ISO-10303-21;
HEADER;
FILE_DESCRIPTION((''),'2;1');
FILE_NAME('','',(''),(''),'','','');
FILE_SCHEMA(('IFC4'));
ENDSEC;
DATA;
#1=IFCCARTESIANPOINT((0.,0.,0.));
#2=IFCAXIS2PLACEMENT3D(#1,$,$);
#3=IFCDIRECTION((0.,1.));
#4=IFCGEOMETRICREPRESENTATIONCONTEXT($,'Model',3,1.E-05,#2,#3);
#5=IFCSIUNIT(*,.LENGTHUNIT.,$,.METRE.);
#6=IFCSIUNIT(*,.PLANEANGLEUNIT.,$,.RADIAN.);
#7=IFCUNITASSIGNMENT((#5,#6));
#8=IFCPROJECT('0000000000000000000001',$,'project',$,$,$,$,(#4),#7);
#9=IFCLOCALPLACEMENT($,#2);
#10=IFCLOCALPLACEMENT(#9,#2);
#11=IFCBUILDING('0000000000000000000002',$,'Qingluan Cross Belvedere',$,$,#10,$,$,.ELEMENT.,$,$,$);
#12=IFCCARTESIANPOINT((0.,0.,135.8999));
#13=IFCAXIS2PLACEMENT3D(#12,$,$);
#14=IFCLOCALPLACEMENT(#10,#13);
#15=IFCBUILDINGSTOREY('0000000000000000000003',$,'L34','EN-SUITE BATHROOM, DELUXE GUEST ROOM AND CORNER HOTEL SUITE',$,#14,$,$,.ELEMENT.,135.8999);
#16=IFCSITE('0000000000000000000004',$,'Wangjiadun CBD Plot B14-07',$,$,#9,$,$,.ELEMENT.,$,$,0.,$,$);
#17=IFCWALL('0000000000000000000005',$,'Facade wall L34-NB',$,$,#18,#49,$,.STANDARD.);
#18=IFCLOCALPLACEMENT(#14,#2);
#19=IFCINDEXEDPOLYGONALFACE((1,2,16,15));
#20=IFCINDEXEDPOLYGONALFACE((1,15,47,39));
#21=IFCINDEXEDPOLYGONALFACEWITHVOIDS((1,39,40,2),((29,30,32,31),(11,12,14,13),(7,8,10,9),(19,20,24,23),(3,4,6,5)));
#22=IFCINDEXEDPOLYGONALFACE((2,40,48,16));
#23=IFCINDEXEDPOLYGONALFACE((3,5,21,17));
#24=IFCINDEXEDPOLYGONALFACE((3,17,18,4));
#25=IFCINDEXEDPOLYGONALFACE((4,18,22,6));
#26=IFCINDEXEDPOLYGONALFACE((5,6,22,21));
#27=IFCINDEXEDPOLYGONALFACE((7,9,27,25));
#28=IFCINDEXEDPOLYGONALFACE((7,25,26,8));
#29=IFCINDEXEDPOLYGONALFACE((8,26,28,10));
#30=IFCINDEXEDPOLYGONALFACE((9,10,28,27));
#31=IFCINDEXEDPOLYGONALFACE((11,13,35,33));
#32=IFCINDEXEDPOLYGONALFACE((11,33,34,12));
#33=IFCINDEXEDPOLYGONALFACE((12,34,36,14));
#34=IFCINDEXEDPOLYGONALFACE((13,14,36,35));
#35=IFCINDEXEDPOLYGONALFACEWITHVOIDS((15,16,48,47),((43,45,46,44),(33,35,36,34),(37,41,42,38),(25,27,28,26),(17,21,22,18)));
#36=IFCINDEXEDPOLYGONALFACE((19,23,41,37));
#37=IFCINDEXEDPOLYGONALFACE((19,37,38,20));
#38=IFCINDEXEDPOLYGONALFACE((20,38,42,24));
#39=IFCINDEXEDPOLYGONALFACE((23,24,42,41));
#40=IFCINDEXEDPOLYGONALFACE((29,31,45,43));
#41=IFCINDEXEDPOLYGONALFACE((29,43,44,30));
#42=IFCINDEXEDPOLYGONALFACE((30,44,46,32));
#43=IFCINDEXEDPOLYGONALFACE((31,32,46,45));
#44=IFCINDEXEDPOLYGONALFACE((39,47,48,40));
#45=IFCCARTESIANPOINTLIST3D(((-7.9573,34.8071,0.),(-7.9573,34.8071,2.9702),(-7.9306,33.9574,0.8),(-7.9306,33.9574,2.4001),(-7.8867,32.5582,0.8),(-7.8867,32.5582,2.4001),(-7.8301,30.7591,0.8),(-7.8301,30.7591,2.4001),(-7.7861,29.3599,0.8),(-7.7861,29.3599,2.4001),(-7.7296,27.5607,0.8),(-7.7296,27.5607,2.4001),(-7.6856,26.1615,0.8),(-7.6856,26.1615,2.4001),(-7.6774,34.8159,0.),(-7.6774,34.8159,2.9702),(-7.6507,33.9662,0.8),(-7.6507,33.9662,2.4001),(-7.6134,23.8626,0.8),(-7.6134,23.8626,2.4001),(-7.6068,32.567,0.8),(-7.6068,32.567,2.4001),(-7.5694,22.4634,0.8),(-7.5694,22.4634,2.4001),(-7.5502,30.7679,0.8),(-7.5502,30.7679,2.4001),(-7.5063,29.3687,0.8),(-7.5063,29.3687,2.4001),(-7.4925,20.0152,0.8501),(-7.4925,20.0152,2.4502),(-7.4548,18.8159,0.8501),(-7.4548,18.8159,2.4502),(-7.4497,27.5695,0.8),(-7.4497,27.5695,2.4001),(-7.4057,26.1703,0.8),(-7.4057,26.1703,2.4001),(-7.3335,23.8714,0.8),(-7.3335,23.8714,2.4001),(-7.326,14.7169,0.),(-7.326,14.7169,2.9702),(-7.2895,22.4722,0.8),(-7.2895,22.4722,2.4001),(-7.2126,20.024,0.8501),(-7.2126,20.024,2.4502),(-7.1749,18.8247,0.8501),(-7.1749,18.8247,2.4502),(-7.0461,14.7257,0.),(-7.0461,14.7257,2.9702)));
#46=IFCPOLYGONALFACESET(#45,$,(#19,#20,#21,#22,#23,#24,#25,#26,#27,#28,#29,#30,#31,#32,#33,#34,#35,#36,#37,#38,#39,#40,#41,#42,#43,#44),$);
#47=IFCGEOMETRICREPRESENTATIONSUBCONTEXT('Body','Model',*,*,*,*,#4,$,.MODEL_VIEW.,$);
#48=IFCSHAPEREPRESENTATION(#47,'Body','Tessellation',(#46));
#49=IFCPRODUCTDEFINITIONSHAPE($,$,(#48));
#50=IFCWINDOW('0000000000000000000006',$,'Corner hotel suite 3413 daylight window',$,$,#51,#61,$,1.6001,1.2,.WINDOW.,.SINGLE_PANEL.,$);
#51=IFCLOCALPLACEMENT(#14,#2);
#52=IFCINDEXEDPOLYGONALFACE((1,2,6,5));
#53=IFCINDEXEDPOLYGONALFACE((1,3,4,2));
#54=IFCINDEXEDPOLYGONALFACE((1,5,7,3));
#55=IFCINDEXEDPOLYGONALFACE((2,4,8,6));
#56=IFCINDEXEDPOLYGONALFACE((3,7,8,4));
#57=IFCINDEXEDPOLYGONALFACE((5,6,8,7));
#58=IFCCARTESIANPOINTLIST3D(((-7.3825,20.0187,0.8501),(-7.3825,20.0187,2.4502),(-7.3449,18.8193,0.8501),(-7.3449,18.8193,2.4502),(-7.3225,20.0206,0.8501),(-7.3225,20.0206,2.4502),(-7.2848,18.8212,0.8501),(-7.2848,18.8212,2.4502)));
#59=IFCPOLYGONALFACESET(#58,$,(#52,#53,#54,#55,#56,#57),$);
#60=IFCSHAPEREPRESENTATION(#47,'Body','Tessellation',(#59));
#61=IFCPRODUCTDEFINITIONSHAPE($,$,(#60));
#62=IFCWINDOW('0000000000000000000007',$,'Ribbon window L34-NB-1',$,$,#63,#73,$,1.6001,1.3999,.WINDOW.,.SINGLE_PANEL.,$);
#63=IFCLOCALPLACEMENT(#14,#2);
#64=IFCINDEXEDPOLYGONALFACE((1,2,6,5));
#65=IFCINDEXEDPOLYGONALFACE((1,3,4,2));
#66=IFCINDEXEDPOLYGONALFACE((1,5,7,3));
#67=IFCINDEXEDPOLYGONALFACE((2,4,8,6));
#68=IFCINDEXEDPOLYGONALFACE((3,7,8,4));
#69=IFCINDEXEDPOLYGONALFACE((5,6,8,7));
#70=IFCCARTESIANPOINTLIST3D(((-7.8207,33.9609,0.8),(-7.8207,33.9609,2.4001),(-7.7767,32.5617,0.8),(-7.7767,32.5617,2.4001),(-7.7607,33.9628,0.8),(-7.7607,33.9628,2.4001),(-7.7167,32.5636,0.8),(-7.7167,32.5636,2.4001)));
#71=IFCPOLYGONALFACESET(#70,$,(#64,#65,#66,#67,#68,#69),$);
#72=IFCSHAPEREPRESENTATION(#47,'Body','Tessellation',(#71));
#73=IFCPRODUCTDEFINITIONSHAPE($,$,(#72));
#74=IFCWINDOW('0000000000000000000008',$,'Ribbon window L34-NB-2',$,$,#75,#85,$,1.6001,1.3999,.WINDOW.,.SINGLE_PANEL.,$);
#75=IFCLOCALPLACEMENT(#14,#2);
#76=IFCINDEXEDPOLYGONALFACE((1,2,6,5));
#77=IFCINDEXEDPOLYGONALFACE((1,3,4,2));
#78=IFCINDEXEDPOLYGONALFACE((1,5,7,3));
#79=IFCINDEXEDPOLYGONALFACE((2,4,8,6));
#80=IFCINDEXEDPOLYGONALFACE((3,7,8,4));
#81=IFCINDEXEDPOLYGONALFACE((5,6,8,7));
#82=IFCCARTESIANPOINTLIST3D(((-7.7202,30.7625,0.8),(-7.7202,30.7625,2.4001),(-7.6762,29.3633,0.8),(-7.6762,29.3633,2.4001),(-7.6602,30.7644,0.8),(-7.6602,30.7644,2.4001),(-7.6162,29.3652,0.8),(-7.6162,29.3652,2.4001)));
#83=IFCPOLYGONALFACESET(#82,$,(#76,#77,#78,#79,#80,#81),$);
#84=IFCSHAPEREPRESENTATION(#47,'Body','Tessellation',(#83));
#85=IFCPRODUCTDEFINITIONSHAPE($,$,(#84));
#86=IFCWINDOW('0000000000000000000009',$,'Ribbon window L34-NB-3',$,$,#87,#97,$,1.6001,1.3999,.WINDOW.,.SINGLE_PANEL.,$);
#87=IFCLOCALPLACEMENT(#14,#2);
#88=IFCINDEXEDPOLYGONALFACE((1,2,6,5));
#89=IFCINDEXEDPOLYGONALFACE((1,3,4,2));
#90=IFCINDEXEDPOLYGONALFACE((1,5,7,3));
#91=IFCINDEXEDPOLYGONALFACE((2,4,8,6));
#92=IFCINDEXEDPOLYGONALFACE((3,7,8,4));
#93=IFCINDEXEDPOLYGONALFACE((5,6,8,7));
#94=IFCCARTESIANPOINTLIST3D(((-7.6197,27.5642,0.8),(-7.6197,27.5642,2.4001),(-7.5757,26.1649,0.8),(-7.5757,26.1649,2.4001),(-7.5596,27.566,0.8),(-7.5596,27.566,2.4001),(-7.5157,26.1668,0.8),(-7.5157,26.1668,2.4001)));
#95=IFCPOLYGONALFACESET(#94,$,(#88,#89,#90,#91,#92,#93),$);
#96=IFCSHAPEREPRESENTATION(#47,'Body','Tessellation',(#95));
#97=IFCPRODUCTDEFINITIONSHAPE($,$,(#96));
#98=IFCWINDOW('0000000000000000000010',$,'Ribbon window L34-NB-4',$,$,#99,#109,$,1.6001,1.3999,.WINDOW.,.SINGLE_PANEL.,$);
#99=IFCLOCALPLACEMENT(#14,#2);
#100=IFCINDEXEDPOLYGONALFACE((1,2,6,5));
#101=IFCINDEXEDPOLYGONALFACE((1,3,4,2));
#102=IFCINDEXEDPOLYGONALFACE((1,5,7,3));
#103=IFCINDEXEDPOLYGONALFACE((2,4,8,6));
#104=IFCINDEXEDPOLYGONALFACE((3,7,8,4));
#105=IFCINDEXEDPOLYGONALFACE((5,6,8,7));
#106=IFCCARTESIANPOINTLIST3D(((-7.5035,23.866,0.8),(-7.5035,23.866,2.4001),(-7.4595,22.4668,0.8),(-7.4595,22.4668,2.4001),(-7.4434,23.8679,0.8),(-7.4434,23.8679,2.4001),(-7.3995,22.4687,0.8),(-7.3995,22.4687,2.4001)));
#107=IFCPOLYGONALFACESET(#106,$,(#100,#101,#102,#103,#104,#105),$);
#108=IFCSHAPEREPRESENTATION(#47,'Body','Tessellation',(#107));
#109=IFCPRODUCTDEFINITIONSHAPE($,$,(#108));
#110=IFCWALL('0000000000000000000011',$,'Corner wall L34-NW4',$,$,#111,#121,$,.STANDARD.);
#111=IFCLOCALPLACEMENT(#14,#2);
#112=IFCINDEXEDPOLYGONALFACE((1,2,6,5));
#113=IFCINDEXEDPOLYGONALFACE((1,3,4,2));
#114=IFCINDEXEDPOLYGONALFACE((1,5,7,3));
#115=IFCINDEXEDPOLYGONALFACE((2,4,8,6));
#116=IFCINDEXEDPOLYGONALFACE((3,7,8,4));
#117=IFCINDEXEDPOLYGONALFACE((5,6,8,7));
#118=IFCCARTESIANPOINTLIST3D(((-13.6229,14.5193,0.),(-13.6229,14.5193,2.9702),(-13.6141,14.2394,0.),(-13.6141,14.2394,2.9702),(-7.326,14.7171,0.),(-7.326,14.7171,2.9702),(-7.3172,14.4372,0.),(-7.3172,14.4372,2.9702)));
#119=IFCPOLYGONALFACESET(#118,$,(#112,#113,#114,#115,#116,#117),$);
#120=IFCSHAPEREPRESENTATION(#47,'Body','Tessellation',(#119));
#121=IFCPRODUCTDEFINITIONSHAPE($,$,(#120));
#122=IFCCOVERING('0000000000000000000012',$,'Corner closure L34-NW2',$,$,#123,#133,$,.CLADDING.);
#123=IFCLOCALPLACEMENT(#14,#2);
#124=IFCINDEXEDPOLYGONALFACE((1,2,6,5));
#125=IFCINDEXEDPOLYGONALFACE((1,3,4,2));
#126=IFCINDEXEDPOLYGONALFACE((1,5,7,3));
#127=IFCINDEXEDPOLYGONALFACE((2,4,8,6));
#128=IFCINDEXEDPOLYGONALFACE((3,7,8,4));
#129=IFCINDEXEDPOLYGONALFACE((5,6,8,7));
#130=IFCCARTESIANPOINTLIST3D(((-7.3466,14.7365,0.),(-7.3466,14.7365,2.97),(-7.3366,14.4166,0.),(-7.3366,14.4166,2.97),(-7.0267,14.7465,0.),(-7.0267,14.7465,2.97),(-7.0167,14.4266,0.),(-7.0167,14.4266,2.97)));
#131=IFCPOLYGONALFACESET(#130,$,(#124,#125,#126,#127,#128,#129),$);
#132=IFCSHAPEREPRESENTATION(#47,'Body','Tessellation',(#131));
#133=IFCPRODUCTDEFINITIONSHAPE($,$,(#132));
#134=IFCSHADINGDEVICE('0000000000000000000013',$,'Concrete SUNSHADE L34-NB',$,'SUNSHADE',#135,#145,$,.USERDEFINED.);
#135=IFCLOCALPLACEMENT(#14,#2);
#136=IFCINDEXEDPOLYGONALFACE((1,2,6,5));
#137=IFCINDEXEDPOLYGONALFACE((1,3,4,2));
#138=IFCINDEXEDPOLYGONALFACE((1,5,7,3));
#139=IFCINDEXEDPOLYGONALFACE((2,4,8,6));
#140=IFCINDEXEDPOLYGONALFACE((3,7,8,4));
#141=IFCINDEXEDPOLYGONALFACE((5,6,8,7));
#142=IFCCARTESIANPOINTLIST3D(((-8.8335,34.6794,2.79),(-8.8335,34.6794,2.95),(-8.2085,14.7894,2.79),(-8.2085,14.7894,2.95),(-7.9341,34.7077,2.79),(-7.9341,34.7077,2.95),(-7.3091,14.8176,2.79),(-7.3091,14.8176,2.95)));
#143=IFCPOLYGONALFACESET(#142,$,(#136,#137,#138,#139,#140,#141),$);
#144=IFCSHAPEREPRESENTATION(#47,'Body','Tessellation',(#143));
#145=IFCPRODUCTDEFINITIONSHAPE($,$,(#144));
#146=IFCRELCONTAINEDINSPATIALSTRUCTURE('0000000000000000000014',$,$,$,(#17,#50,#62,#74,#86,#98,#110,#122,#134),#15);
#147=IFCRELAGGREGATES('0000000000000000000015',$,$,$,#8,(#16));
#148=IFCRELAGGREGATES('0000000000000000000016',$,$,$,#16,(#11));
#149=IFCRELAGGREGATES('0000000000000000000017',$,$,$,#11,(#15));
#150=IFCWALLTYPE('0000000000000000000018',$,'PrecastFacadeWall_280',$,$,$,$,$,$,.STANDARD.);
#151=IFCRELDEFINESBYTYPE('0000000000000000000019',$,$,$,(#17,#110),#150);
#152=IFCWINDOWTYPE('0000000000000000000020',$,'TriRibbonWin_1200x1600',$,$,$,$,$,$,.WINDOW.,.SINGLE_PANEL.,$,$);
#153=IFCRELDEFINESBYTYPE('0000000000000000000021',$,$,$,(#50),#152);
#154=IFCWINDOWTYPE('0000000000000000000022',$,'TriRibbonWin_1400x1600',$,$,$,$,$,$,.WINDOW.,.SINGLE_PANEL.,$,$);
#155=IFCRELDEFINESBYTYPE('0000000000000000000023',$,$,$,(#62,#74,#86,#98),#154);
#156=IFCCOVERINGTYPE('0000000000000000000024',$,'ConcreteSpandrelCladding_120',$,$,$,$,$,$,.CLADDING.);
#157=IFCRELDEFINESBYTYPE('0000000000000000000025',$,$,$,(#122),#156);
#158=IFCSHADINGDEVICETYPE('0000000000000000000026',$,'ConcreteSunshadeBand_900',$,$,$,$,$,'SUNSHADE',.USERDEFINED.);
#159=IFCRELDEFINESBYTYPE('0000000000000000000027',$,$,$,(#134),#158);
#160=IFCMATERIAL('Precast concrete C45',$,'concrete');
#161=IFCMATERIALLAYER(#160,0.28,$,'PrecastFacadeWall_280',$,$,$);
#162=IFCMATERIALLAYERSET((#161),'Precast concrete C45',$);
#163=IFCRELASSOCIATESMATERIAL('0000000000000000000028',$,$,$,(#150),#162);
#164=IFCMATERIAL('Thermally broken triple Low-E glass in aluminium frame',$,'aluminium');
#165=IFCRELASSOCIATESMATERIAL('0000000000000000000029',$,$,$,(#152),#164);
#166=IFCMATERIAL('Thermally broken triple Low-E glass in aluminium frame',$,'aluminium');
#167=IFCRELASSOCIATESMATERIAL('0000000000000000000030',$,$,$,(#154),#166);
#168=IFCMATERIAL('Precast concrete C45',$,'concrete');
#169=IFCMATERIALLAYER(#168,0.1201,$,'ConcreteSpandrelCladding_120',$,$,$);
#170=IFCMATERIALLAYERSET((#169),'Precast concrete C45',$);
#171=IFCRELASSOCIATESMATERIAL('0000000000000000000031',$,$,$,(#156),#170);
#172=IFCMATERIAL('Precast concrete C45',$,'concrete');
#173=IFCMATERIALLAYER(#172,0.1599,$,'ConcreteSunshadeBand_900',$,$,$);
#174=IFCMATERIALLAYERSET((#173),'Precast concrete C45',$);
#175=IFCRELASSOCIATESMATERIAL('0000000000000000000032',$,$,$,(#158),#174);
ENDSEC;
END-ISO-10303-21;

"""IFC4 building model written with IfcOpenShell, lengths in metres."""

from ifc_helpers import new_model, si_unit, direction, frame, frame_2d, origin, origin_2d, place, context, subcontext, project, spatial, rectangle, extrude, material, layer, layer_set, type_object, element, fill, save


model = new_model("IFC4")

# Units and contexts
model_context = context("Model", 3, precision=1e-05, world=origin(), true_north=direction((0.0, 1.0)))
body_context = subcontext(model_context, "Body", "Model", "MODEL_VIEW")
ifc_project = project(units=[si_unit("LENGTHUNIT", "METRE"), si_unit("PLANEANGLEUNIT", "RADIAN")], contexts=[model_context])

# Site, building, storey
site_placement = place(None, origin())
site = spatial("IfcSite", under=ifc_project, at=site_placement, Name="Wangjiadun CBD Plot B14-07", CompositionType="ELEMENT", RefElevation=0.0)
building_placement = place(site_placement, origin())
building = spatial("IfcBuilding", under=site, at=building_placement, Name="Qingluan Cross Belvedere", CompositionType="ELEMENT")
storey_placement = place(building_placement, frame((0.0, 0.0, 135.8999)))
storey = spatial("IfcBuildingStorey", under=building, at=storey_placement, Name="L34", Description="EN-SUITE BATHROOM, DELUXE GUEST ROOM AND CORNER HOTEL SUITE", CompositionType="ELEMENT", Elevation=135.8999)

# Wall, openings, windows
ifc_material_1 = material(Name="Precast concrete C45", Category="concrete")
ifc_layer_1 = layer(ifc_material_1, 0.28, Name="PrecastFacadeWall_280")
ifc_layer_set_1 = layer_set([ifc_layer_1], Name="Precast concrete C45")
wall_type_1 = type_object("IfcWallType", Name="PrecastFacadeWall_280", PredefinedType="STANDARD", material=ifc_layer_set_1)
wall_1_placement = place(storey_placement, frame((-7.8174, 34.8115, 0.0), z_axis=(0.0, 0.0, 1.0), x_axis=(0.03141, -0.999507, 0.0)))
wall_1 = element("IfcWall", 1, at=wall_1_placement, inside=storey, type_object=wall_type_1, Name="Facade wall L34-NB", PredefinedType="STANDARD", context=body_context, shape_type="SweptSolid", body=[
    extrude(rectangle(XDim=20.1001, YDim=0.28, at=frame_2d((10.05, 0.0))), origin(), (0.0, 0.0, 1.0), 2.9702),
])
opening_1_placement = place(wall_1_placement, frame((0.8501, 0.0, 0.8)))
opening_1 = element("IfcOpeningElement", 2, at=opening_1_placement, cuts=wall_1, PredefinedType="OPENING", context=body_context, shape_type="SweptSolid", body=[
    extrude(rectangle(XDim=1.3999, YDim=1.6001, at=frame_2d((0.7, 0.8))), frame((0.0, 0.1499, 0.0), z_axis=(0.0, -1.0, 0.0), x_axis=(1.0, 0.0, 0.0)), (0.0, 0.0, 1.0), 0.3),
])
opening_2_placement = place(wall_1_placement, frame((4.05, 0.0, 0.8)))
opening_2 = element("IfcOpeningElement", 3, at=opening_2_placement, cuts=wall_1, PredefinedType="OPENING", context=body_context, shape_type="SweptSolid", body=[
    extrude(rectangle(XDim=1.3999, YDim=1.6001, at=frame_2d((0.7, 0.8))), frame((0.0, 0.1499, 0.0), z_axis=(0.0, -1.0, 0.0), x_axis=(1.0, 0.0, 0.0)), (0.0, 0.0, 1.0), 0.3),
])
opening_3_placement = place(wall_1_placement, frame((7.25, 0.0, 0.8)))
opening_3 = element("IfcOpeningElement", 4, at=opening_3_placement, cuts=wall_1, PredefinedType="OPENING", context=body_context, shape_type="SweptSolid", body=[
    extrude(rectangle(XDim=1.3999, YDim=1.6001, at=frame_2d((0.7, 0.8))), frame((0.0, 0.1499, 0.0), z_axis=(0.0, -1.0, 0.0), x_axis=(1.0, 0.0, 0.0)), (0.0, 0.0, 1.0), 0.3),
])
opening_4_placement = place(wall_1_placement, frame((10.95, 0.0, 0.8)))
opening_4 = element("IfcOpeningElement", 5, at=opening_4_placement, cuts=wall_1, PredefinedType="OPENING", context=body_context, shape_type="SweptSolid", body=[
    extrude(rectangle(XDim=1.3999, YDim=1.6001, at=frame_2d((0.7, 0.8))), frame((0.0, 0.1499, 0.0), z_axis=(0.0, -1.0, 0.0), x_axis=(1.0, 0.0, 0.0)), (0.0, 0.0, 1.0), 0.3),
])
opening_5_placement = place(wall_1_placement, frame((14.7991, 0.0, 0.8501)))
opening_5 = element("IfcOpeningElement", 6, at=opening_5_placement, cuts=wall_1, PredefinedType="OPENING", context=body_context, shape_type="SweptSolid", body=[
    extrude(rectangle(XDim=1.2, YDim=1.6001, at=frame_2d((0.6001, 0.8))), frame((0.0, 0.1499, 0.0), z_axis=(0.0, -1.0, 0.0), x_axis=(1.0, 0.0, 0.0)), (0.0, 0.0, 1.0), 0.3),
])
ifc_material_2 = material(Name="Thermally broken triple Low-E glass in aluminium frame", Category="aluminium")
window_type_1 = type_object("IfcWindowType", Name="TriRibbonWin_1200x1600", PartitioningType="SINGLE_PANEL", PredefinedType="WINDOW", material=ifc_material_2)
window_1_placement = place(opening_5_placement, origin())
window_1 = element("IfcWindow", 7, at=window_1_placement, inside=storey, type_object=window_type_1, Name="Corner hotel suite 3413 daylight window", OverallHeight=1.6001, OverallWidth=1.2, PartitioningType="SINGLE_PANEL", PredefinedType="WINDOW", context=body_context, shape_type="SweptSolid", body=[
    extrude(rectangle(XDim=1.2, YDim=1.6001, at=frame_2d((0.6001, 0.8))), frame((0.0, 0.03, 0.0), z_axis=(0.0, -1.0, 0.0), x_axis=(1.0, 0.0, 0.0)), (0.0, 0.0, 1.0), 0.0601),
])
fill(opening_5, window_1)
ifc_material_3 = material(Name="Thermally broken triple Low-E glass in aluminium frame", Category="aluminium")
window_type_2 = type_object("IfcWindowType", Name="TriRibbonWin_1400x1600", PartitioningType="SINGLE_PANEL", PredefinedType="WINDOW", material=ifc_material_3)
window_2_placement = place(opening_1_placement, origin())
window_2 = element("IfcWindow", 8, at=window_2_placement, inside=storey, type_object=window_type_2, Name="Ribbon window L34-NB-1", OverallHeight=1.6001, OverallWidth=1.3999, PartitioningType="SINGLE_PANEL", PredefinedType="WINDOW", context=body_context, shape_type="SweptSolid", body=[
    extrude(rectangle(XDim=1.3999, YDim=1.6001, at=frame_2d((0.7, 0.8))), frame((0.0, 0.03, 0.0), z_axis=(0.0, -1.0, 0.0), x_axis=(1.0, 0.0, 0.0)), (0.0, 0.0, 1.0), 0.0601),
])
fill(opening_1, window_2)
window_3_placement = place(opening_2_placement, origin())
window_3 = element("IfcWindow", 9, at=window_3_placement, inside=storey, type_object=window_type_2, Name="Ribbon window L34-NB-2", OverallHeight=1.6001, OverallWidth=1.3999, PartitioningType="SINGLE_PANEL", PredefinedType="WINDOW", context=body_context, shape_type="SweptSolid", body=[
    extrude(rectangle(XDim=1.3999, YDim=1.6001, at=frame_2d((0.7, 0.8))), frame((0.0, 0.03, 0.0), z_axis=(0.0, -1.0, 0.0), x_axis=(1.0, 0.0, 0.0)), (0.0, 0.0, 1.0), 0.0601),
])
fill(opening_2, window_3)
window_4_placement = place(opening_3_placement, origin())
window_4 = element("IfcWindow", 10, at=window_4_placement, inside=storey, type_object=window_type_2, Name="Ribbon window L34-NB-3", OverallHeight=1.6001, OverallWidth=1.3999, PartitioningType="SINGLE_PANEL", PredefinedType="WINDOW", context=body_context, shape_type="SweptSolid", body=[
    extrude(rectangle(XDim=1.3999, YDim=1.6001, at=frame_2d((0.7, 0.8))), frame((0.0, 0.03, 0.0), z_axis=(0.0, -1.0, 0.0), x_axis=(1.0, 0.0, 0.0)), (0.0, 0.0, 1.0), 0.0601),
])
fill(opening_3, window_4)
window_5_placement = place(opening_4_placement, origin())
window_5 = element("IfcWindow", 11, at=window_5_placement, inside=storey, type_object=window_type_2, Name="Ribbon window L34-NB-4", OverallHeight=1.6001, OverallWidth=1.3999, PartitioningType="SINGLE_PANEL", PredefinedType="WINDOW", context=body_context, shape_type="SweptSolid", body=[
    extrude(rectangle(XDim=1.3999, YDim=1.6001, at=frame_2d((0.7, 0.8))), frame((0.0, 0.03, 0.0), z_axis=(0.0, -1.0, 0.0), x_axis=(1.0, 0.0, 0.0)), (0.0, 0.0, 1.0), 0.0601),
])
fill(opening_4, window_5)

# Wall
wall_2_placement = place(storey_placement, frame((-13.6184, 14.3794, 0.0), z_axis=(0.0, 0.0, 1.0), x_axis=(0.999507, 0.03139, 0.0)))
element("IfcWall", 12, at=wall_2_placement, inside=storey, type_object=wall_type_1, Name="Corner wall L34-NW4", PredefinedType="STANDARD", context=body_context, shape_type="SweptSolid", body=[
    extrude(rectangle(XDim=6.3, YDim=0.28, at=frame_2d((3.1499, 0.0))), origin(), (0.0, 0.0, 1.0), 2.9702),
])

# Covering
ifc_material_4 = material(Name="Precast concrete C45", Category="concrete")
ifc_layer_2 = layer(ifc_material_4, 0.1201, Name="ConcreteSpandrelCladding_120")
ifc_layer_set_2 = layer_set([ifc_layer_2], Name="Precast concrete C45")
covering_type = type_object("IfcCoveringType", Name="ConcreteSpandrelCladding_120", PredefinedType="CLADDING", material=ifc_layer_set_2)
covering_placement = place(storey_placement, frame((-7.1816, 14.5815, 0.0), z_axis=(0.0, 0.0, 1.0), x_axis=(0.999507, 0.031411, 0.0)))
element("IfcCovering", 13, at=covering_placement, inside=storey, type_object=covering_type, Name="Corner closure L34-NW2", PredefinedType="CLADDING", context=body_context, shape_type="SweptSolid", body=[
    extrude(rectangle(XDim=0.3201, YDim=0.3201, at=origin_2d()), origin(), (0.0, 0.0, 1.0), 2.97),
])

# Shading device
ifc_material_5 = material(Name="Precast concrete C45", Category="concrete")
ifc_layer_3 = layer(ifc_material_5, 0.1599, Name="ConcreteSunshadeBand_900")
ifc_layer_set_3 = layer_set([ifc_layer_3], Name="Precast concrete C45")
shading_device_type = type_object("IfcShadingDeviceType", Name="ConcreteSunshadeBand_900", ElementType="SUNSHADE", PredefinedType="USERDEFINED", material=ifc_layer_set_3)
shading_device_placement = place(storey_placement, frame((-8.0713, 24.7485, 2.79), z_axis=(0.0, 0.0, 1.0), x_axis=(0.031408, -0.999507, 0.0)))
element("IfcShadingDevice", 14, at=shading_device_placement, inside=storey, type_object=shading_device_type, Name="Concrete SUNSHADE L34-NB", ObjectType="SUNSHADE", PredefinedType="USERDEFINED", context=body_context, shape_type="SweptSolid", body=[
    extrude(rectangle(XDim=19.8999, YDim=0.8999, at=origin_2d()), origin(), (0.0, 0.0, 1.0), 0.1599),
])

save(model, "model.ifc")
